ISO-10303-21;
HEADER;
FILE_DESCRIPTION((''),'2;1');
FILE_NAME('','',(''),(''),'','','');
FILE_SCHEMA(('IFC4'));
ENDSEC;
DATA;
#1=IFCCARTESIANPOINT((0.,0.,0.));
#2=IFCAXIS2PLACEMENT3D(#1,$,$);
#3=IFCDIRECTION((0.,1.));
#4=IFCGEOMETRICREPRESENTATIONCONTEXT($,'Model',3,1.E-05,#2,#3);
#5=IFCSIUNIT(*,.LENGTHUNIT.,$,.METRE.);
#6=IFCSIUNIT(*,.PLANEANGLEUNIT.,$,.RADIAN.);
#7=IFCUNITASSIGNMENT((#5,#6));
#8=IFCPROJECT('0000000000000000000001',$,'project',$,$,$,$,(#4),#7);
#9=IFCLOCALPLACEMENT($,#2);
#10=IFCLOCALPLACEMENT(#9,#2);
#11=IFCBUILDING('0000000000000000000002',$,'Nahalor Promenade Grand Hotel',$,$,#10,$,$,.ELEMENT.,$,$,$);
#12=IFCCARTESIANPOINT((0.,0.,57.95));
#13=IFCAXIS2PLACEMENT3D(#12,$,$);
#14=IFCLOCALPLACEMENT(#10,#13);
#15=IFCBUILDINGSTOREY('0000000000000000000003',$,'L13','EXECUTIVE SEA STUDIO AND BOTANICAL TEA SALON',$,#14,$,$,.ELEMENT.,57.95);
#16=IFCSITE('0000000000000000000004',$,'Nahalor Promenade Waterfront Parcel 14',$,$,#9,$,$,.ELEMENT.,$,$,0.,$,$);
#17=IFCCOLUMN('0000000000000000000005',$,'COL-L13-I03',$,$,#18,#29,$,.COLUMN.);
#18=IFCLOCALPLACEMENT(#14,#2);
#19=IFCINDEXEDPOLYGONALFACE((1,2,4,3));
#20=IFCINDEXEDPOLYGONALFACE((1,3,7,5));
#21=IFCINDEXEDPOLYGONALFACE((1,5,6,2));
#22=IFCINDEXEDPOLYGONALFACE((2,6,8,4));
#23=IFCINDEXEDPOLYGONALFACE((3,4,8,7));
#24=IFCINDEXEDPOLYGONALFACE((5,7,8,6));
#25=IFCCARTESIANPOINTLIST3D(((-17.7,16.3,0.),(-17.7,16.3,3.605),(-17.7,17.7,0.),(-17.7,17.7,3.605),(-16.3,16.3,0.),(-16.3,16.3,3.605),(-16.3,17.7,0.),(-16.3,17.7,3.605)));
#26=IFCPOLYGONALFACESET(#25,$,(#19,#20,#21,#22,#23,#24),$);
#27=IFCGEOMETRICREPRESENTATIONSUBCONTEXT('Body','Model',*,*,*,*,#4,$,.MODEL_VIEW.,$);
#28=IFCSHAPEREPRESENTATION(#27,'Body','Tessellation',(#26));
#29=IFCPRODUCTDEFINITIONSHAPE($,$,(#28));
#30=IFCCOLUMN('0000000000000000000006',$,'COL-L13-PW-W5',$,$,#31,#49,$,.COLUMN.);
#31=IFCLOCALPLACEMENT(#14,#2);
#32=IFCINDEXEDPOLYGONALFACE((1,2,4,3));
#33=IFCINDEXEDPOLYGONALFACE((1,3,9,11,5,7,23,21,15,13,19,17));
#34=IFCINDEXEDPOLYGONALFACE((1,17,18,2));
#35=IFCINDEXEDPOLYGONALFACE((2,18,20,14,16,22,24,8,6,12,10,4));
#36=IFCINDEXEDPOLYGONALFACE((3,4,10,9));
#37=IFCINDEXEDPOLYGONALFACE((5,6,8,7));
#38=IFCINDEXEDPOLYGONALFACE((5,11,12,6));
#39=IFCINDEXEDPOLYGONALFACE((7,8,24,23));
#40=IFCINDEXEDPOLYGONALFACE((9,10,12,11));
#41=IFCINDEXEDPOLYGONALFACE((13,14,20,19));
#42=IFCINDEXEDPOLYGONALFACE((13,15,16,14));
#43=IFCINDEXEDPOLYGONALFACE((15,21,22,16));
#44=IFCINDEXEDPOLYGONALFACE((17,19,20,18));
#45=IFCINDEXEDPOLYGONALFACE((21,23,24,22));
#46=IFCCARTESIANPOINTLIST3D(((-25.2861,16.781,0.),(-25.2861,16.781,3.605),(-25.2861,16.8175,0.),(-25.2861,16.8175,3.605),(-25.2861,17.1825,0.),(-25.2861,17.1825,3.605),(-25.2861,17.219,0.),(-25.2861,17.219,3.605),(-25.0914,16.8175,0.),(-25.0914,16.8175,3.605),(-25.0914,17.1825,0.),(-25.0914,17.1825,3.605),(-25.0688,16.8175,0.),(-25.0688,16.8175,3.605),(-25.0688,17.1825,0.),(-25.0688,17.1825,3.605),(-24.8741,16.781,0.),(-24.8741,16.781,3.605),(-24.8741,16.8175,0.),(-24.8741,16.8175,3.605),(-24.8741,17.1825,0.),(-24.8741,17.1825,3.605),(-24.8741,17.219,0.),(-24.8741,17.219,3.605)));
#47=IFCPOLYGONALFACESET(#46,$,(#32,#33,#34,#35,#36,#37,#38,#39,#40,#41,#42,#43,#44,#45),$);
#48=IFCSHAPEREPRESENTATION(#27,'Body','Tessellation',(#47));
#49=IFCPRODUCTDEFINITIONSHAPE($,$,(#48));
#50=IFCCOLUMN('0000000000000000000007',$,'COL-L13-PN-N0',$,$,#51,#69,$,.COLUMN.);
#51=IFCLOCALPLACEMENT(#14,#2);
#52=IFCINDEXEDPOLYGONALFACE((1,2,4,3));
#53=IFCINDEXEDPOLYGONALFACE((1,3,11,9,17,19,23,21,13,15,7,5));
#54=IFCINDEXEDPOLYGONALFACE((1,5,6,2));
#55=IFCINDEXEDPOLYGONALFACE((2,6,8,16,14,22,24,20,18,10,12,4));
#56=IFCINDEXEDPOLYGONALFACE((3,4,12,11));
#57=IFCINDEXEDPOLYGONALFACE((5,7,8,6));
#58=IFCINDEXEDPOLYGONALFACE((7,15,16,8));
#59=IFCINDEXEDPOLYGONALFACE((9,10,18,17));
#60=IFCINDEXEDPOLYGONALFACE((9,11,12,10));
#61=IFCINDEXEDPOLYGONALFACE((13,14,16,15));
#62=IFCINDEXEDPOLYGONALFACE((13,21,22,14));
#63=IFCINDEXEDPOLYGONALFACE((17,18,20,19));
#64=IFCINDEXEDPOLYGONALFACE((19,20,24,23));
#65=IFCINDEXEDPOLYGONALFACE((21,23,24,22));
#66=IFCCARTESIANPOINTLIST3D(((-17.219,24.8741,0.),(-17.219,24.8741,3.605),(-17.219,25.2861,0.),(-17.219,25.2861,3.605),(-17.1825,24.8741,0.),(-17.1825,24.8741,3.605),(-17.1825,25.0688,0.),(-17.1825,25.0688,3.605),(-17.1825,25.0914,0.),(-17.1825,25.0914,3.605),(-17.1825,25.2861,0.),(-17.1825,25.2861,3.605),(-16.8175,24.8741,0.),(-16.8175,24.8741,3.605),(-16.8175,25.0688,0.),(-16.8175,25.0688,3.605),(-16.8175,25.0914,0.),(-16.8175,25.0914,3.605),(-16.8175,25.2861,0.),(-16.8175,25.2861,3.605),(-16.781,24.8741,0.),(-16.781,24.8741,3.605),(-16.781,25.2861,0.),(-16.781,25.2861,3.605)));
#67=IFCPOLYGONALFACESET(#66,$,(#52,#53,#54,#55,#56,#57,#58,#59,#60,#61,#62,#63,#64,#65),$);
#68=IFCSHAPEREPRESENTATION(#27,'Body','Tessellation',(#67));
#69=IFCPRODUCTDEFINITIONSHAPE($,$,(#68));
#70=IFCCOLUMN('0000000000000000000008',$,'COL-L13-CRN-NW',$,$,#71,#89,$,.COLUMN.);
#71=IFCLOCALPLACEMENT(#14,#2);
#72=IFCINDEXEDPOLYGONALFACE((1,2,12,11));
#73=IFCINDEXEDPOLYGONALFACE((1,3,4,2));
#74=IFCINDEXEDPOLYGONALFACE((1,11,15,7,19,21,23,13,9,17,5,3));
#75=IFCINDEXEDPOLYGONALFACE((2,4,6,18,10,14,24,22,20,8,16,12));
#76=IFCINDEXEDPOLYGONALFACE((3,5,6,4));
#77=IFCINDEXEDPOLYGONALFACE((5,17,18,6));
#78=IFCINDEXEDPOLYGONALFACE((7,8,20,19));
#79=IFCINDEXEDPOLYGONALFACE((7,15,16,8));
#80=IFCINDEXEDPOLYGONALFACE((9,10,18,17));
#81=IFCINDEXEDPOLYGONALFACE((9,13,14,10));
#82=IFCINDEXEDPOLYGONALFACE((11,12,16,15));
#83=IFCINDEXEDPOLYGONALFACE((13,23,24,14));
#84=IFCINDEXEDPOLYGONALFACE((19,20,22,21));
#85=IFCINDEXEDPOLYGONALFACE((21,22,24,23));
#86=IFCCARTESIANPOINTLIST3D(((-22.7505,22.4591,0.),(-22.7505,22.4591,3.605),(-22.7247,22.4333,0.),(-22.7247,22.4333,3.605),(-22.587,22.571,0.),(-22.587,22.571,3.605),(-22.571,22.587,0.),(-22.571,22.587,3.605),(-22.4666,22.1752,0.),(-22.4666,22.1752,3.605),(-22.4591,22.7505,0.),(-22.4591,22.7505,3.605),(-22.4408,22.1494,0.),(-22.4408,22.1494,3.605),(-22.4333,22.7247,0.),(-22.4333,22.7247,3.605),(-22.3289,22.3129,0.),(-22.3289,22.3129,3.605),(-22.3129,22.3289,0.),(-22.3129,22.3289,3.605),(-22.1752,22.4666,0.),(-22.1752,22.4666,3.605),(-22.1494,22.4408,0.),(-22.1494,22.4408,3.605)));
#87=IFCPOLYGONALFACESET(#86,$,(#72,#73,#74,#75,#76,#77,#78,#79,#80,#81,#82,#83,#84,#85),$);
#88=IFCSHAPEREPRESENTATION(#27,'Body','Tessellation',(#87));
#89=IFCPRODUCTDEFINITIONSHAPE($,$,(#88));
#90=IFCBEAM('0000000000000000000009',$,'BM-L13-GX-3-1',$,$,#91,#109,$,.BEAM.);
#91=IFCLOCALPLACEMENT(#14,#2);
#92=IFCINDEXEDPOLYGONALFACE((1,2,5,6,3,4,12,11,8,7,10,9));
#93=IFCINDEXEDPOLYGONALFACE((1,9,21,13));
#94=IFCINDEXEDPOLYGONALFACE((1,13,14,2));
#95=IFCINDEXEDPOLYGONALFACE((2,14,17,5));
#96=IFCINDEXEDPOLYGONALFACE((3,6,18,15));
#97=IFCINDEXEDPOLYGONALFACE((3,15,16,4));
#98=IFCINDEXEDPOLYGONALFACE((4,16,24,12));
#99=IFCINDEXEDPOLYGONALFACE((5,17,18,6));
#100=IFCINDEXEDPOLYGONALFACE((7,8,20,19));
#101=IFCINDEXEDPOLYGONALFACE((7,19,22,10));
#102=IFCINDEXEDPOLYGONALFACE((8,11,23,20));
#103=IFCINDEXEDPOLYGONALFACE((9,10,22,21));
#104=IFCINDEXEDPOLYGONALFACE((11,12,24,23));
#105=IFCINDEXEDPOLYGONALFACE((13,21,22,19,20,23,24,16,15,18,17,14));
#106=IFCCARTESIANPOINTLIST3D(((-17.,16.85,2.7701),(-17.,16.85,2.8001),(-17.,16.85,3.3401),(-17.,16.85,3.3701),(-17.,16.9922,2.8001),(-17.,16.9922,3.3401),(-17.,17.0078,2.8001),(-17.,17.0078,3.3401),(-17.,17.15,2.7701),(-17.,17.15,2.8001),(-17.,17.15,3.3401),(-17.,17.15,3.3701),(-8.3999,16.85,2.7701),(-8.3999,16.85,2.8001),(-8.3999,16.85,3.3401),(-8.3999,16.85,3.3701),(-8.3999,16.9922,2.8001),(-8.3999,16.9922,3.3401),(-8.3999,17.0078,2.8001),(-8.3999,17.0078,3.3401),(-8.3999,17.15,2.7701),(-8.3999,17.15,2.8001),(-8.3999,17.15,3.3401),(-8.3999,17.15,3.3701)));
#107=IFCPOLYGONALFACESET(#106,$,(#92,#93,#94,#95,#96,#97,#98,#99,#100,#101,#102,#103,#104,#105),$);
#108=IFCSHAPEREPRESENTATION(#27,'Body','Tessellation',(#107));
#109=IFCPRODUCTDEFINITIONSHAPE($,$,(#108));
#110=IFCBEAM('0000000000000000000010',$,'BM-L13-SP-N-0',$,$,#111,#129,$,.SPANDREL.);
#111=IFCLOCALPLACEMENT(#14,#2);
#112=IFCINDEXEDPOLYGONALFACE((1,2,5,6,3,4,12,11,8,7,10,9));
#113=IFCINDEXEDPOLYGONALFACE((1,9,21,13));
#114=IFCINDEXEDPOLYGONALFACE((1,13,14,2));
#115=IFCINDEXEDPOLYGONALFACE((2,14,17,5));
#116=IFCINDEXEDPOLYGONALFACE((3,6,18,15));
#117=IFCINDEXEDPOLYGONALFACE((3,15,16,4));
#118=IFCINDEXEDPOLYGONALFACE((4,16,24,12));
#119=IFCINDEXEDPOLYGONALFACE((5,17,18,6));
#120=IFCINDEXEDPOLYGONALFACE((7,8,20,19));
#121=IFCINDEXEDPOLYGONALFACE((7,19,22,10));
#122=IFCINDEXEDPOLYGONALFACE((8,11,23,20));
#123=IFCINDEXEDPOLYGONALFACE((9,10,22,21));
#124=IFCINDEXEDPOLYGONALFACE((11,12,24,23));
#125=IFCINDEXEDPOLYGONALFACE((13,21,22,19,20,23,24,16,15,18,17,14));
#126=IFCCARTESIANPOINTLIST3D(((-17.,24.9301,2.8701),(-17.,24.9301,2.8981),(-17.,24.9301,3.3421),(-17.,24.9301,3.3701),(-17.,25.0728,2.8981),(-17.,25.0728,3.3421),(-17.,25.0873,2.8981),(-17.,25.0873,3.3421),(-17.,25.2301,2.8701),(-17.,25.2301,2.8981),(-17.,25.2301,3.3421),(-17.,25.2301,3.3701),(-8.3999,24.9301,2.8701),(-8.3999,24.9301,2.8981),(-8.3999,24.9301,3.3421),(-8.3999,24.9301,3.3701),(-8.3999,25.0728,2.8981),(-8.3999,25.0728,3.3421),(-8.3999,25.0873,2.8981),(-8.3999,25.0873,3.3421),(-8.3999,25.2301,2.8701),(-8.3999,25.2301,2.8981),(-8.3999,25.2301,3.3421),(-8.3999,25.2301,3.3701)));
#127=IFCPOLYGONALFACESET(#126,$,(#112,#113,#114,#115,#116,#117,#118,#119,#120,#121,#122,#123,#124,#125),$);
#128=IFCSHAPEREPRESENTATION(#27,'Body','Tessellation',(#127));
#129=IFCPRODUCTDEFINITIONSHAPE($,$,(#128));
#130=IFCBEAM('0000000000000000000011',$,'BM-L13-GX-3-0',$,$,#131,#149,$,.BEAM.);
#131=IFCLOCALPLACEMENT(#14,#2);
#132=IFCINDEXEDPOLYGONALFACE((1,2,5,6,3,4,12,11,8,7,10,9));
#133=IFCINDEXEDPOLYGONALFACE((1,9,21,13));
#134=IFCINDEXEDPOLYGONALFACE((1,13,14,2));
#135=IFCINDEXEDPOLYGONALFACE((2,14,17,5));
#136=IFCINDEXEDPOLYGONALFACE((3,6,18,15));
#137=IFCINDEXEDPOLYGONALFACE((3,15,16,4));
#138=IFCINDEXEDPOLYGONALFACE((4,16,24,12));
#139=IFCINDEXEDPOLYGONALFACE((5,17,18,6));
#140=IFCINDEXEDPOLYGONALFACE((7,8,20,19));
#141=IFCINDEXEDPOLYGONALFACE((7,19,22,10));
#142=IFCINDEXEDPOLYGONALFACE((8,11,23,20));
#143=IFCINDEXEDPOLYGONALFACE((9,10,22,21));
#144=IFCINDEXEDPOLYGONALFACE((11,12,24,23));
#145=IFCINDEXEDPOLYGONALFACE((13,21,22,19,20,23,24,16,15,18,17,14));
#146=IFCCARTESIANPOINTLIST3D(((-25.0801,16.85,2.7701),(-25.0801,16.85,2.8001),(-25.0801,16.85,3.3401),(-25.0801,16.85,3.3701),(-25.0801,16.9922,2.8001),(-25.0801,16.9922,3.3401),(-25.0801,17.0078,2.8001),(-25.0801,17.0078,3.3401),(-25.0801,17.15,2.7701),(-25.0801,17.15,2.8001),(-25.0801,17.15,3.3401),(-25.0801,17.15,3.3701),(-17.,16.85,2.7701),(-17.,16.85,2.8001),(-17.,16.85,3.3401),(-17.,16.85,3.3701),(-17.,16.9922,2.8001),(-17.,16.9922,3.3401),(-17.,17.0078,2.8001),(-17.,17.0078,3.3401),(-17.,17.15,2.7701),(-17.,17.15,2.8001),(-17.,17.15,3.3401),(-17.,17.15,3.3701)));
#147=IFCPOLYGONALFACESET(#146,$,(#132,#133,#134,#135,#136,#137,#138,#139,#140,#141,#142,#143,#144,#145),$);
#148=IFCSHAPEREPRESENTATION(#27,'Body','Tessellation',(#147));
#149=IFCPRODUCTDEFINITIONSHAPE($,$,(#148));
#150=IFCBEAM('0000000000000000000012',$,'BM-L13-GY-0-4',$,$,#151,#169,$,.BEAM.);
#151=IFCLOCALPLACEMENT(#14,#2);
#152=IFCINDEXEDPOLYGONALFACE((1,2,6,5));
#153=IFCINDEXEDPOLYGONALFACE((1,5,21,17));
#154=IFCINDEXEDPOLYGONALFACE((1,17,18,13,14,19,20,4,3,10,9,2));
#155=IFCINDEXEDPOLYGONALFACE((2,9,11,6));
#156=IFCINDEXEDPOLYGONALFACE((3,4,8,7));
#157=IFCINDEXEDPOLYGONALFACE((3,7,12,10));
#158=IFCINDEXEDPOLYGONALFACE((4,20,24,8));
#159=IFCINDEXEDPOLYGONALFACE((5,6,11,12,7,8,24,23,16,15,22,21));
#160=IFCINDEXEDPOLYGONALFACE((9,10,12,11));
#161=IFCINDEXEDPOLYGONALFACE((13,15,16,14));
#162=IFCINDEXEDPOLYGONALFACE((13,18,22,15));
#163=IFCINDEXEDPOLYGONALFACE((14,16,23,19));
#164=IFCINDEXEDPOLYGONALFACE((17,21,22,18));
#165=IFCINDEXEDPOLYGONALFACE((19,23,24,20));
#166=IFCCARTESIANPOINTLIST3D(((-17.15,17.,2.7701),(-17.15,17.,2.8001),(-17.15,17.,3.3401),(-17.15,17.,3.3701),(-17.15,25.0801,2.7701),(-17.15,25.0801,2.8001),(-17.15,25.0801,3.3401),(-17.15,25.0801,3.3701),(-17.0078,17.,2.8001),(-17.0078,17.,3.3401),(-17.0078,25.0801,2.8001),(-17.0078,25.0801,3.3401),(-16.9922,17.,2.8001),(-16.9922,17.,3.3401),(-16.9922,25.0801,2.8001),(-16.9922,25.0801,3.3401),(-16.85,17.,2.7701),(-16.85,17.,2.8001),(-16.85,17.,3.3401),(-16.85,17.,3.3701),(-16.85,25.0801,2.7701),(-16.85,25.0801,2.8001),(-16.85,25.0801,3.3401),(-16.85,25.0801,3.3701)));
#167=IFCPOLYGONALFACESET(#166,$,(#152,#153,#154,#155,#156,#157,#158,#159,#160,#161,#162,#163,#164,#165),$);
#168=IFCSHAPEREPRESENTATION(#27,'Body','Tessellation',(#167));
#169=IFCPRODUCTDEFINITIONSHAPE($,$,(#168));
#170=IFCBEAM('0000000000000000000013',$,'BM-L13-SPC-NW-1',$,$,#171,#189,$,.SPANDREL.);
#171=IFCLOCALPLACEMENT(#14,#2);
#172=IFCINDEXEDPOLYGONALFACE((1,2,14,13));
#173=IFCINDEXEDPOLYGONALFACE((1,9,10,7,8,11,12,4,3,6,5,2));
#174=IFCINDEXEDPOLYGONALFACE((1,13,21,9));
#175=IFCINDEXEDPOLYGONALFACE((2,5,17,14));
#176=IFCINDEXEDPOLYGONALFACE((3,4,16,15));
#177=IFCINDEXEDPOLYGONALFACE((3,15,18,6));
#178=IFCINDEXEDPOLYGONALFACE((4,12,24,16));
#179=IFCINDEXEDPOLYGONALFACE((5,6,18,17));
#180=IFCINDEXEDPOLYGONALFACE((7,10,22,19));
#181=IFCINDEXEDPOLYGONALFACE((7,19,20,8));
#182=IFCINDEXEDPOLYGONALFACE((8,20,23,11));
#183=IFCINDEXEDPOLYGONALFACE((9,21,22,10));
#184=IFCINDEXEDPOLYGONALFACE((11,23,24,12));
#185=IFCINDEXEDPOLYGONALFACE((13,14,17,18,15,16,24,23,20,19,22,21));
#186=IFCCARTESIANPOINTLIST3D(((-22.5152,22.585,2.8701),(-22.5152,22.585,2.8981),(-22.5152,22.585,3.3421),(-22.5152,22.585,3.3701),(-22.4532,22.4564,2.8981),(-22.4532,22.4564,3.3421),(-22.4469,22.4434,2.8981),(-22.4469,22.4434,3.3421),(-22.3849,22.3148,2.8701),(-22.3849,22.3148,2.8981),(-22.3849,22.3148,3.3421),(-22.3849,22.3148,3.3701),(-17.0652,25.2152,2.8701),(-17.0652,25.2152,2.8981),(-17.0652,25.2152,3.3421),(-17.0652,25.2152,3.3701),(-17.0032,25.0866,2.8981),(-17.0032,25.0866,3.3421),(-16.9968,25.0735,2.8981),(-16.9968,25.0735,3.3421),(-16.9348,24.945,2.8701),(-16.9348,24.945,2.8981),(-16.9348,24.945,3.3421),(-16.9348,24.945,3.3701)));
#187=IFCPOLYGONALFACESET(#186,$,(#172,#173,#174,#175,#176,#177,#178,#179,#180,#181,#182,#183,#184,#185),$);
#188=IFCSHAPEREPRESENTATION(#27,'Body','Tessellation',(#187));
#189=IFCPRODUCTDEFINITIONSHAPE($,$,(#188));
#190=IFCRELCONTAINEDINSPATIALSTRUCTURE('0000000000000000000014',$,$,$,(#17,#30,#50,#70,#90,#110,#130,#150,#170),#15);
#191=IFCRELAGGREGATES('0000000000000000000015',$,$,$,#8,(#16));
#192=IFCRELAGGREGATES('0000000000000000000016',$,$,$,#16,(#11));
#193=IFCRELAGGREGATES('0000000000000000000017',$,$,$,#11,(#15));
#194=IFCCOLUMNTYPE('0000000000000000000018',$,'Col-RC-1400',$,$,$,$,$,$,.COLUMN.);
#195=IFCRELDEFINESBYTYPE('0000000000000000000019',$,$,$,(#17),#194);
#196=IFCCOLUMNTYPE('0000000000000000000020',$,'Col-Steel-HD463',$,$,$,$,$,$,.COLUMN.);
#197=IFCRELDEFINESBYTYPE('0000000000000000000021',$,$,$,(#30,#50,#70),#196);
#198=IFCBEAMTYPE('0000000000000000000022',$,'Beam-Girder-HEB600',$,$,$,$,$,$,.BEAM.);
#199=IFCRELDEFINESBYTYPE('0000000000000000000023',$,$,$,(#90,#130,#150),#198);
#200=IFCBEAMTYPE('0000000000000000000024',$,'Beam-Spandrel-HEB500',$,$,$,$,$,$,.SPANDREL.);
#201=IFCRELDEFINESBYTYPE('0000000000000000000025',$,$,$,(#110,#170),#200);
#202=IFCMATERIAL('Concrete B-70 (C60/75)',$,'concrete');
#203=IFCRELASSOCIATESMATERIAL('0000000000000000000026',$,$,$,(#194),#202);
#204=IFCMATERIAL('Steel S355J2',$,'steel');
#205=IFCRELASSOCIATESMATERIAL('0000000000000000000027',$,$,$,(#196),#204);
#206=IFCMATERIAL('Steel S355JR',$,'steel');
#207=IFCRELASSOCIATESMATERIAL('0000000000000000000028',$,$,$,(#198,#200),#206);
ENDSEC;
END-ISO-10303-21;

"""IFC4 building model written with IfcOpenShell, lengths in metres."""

from ifc_helpers import new_model, si_unit, direction, frame, origin, origin_2d, place, context, subcontext, project, spatial, rectangle, i_section, extrude, source, transform, mapped, material, material_profile, profile_set, type_object, element, save


model = new_model("IFC4")

# Units and contexts
model_context = context("Model", 3, precision=1e-05, world=origin(), true_north=direction((0.0, 1.0)))
body_context = subcontext(model_context, "Body", "Model", "MODEL_VIEW")
ifc_project = project(units=[si_unit("LENGTHUNIT", "METRE"), si_unit("PLANEANGLEUNIT", "RADIAN")], contexts=[model_context])

# Site, building, storey
site_placement = place(None, origin())
site = spatial("IfcSite", under=ifc_project, at=site_placement, Name="Nahalor Promenade Waterfront Parcel 14", CompositionType="ELEMENT", RefElevation=0.0)
building_placement = place(site_placement, origin())
building = spatial("IfcBuilding", under=site, at=building_placement, Name="Nahalor Promenade Grand Hotel", CompositionType="ELEMENT")
storey_placement = place(building_placement, frame((0.0, 0.0, 57.95)))
storey = spatial("IfcBuildingStorey", under=building, at=storey_placement, Name="L13", Description="EXECUTIVE SEA STUDIO AND BOTANICAL TEA SALON", CompositionType="ELEMENT", Elevation=57.95)

# Columns
ifc_material_1 = material(Name="Concrete B-70 (C60/75)", Category="concrete")
ifc_material_profile_1 = material_profile(ifc_material_1, rectangle(XDim=1.4, YDim=1.4, at=origin_2d()), Name="RC 1400x1400")
ifc_profile_set_1 = profile_set([ifc_material_profile_1], Name="Concrete B-70 (C60/75)")
column_type_1 = type_object("IfcColumnType", Name="Col-RC-1400", PredefinedType="COLUMN", material=ifc_profile_set_1)
shared_shape_1 = source(origin(), body_context, "Body", "SweptSolid", [
    extrude(rectangle(XDim=1.4, YDim=1.4, at=origin_2d()), origin(), (0.0, 0.0, 1.0), 3.605),
])
column_placement = place(storey_placement, frame((-17.0, 17.0, 0.0), z_axis=(0.0, 0.0, 1.0), x_axis=(1.0, 0.0, 0.0)))
element("IfcColumn", 1, at=column_placement, inside=storey, type_object=column_type_1, Name="COL-L13-I03", PredefinedType="COLUMN", context=body_context, shape_type="MappedRepresentation", body=[
    mapped(shared_shape_1, transform((0.0, 0.0, 0.0), scale=1.0)),
])
ifc_material_2 = material(Name="Steel S355J2", Category="steel")
ifc_material_profile_2 = material_profile(ifc_material_2, i_section(OverallWidth=0.412, OverallDepth=0.438, WebThickness=0.0226, FlangeThickness=0.0365, at=origin_2d()), Name="HD 400x463")
ifc_profile_set_2 = profile_set([ifc_material_profile_2], Name="Steel S355J2")
column_type_2 = type_object("IfcColumnType", Name="Col-Steel-HD463", PredefinedType="COLUMN", material=ifc_profile_set_2)
shared_shape_2 = source(origin(), body_context, "Body", "SweptSolid", [
    extrude(i_section(OverallWidth=0.412, OverallDepth=0.438, WebThickness=0.0226, FlangeThickness=0.0365, at=origin_2d()), origin(), (0.0, 0.0, 1.0), 3.605),
])
for number, where, z_axis, x_axis, name in (
    (2, (-25.0801, 17.0, 0.0), (0.0, 0.0, 1.0), (1.0, 0.0, 0.0), "COL-L13-PW-W5"),
    (3, (-17.0, 25.0801, 0.0), (0.0, 0.0, 1.0), (0.0, 1.0, 0.0), "COL-L13-PN-N0"),
    (4, (-22.45, 22.45, 0.0), (0.0, 0.0, 1.0), (0.707107, 0.707107, 0.0), "COL-L13-CRN-NW"),
):
    element("IfcColumn", number, at=place(storey_placement, frame(where, z_axis=z_axis, x_axis=x_axis)), inside=storey, type_object=column_type_2, Name=name, PredefinedType="COLUMN", context=body_context, shape_type="MappedRepresentation", body=[
        mapped(shared_shape_2, transform((0.0, 0.0, 0.0), scale=1.0)),
    ])

# Beams
ifc_material_3 = material(Name="Steel S355JR", Category="steel")
ifc_material_profile_3 = material_profile(ifc_material_3, i_section(OverallWidth=0.3, OverallDepth=0.6, WebThickness=0.0155, FlangeThickness=0.03, at=origin_2d()), Name="HEB 600")
ifc_profile_set_3 = profile_set([ifc_material_profile_3], Name="Steel S355JR")
beam_type_1 = type_object("IfcBeamType", Name="Beam-Girder-HEB600", PredefinedType="BEAM", material=ifc_profile_set_3)
shared_shape_3 = source(origin(), body_context, "Body", "SweptSolid", [
    extrude(i_section(OverallWidth=0.3, OverallDepth=0.6, WebThickness=0.0155, FlangeThickness=0.03, at=origin_2d()), origin(), (0.0, 0.0, 1.0), 8.6001),
])
beam_1_placement = place(storey_placement, frame((-17.0, 17.0, 3.0701), z_axis=(1.0, 0.0, 0.0), x_axis=(0.0, 1.0, 0.0)))
element("IfcBeam", 5, at=beam_1_placement, inside=storey, type_object=beam_type_1, Name="BM-L13-GX-3-1", PredefinedType="BEAM", context=body_context, shape_type="MappedRepresentation", body=[
    mapped(shared_shape_3, transform((0.0, 0.0, 0.0), scale=1.0)),
])
ifc_material_profile_4 = material_profile(ifc_material_3, i_section(OverallWidth=0.3, OverallDepth=0.5, WebThickness=0.0145, FlangeThickness=0.028, at=origin_2d()), Name="HEB 500")
ifc_profile_set_4 = profile_set([ifc_material_profile_4], Name="Steel S355JR")
beam_type_2 = type_object("IfcBeamType", Name="Beam-Spandrel-HEB500", PredefinedType="SPANDREL", material=ifc_profile_set_4)
shared_shape_4 = source(origin(), body_context, "Body", "SweptSolid", [
    extrude(i_section(OverallWidth=0.3, OverallDepth=0.5, WebThickness=0.0145, FlangeThickness=0.028, at=origin_2d()), origin(), (0.0, 0.0, 1.0), 8.6001),
])
beam_2_placement = place(storey_placement, frame((-17.0, 25.0801, 3.1201), z_axis=(1.0, 0.0, 0.0), x_axis=(0.0, 1.0, 0.0)))
element("IfcBeam", 6, at=beam_2_placement, inside=storey, type_object=beam_type_2, Name="BM-L13-SP-N-0", PredefinedType="SPANDREL", context=body_context, shape_type="MappedRepresentation", body=[
    mapped(shared_shape_4, transform((0.0, 0.0, 0.0), scale=1.0)),
])
shared_shape_5 = source(origin(), body_context, "Body", "SweptSolid", [
    extrude(i_section(OverallWidth=0.3, OverallDepth=0.6, WebThickness=0.0155, FlangeThickness=0.03, at=origin_2d()), origin(), (0.0, 0.0, 1.0), 8.0801),
])
for number, where, z_axis, x_axis, name in (
    (7, (-25.0801, 17.0, 3.0701), (1.0, 0.0, 0.0), (0.0, 1.0, 0.0), "BM-L13-GX-3-0"),
    (8, (-17.0, 17.0, 3.0701), (0.0, 1.0, 0.0), (-1.0, 0.0, 0.0), "BM-L13-GY-0-4"),
):
    element("IfcBeam", number, at=place(storey_placement, frame(where, z_axis=z_axis, x_axis=x_axis)), inside=storey, type_object=beam_type_1, Name=name, PredefinedType="BEAM", context=body_context, shape_type="MappedRepresentation", body=[
        mapped(shared_shape_5, transform((0.0, 0.0, 0.0), scale=1.0)),
    ])
shared_shape_6 = source(origin(), body_context, "Body", "SweptSolid", [
    extrude(i_section(OverallWidth=0.3, OverallDepth=0.5, WebThickness=0.0145, FlangeThickness=0.028, at=origin_2d()), origin(), (0.0, 0.0, 1.0), 6.0515),
])
for number, where, z_axis, x_axis, name in (
    (9, (-17.0, 25.0801, 3.1201), (-0.900609, -0.434631, 0.0), (0.434631, -0.900609, 0.0), "BM-L13-SPC-NW-1"),
):
    element("IfcBeam", number, at=place(storey_placement, frame(where, z_axis=z_axis, x_axis=x_axis)), inside=storey, type_object=beam_type_2, Name=name, PredefinedType="SPANDREL", context=body_context, shape_type="MappedRepresentation", body=[
        mapped(shared_shape_6, transform((0.0, 0.0, 0.0), scale=1.0)),
    ])

save(model, "model.ifc")
